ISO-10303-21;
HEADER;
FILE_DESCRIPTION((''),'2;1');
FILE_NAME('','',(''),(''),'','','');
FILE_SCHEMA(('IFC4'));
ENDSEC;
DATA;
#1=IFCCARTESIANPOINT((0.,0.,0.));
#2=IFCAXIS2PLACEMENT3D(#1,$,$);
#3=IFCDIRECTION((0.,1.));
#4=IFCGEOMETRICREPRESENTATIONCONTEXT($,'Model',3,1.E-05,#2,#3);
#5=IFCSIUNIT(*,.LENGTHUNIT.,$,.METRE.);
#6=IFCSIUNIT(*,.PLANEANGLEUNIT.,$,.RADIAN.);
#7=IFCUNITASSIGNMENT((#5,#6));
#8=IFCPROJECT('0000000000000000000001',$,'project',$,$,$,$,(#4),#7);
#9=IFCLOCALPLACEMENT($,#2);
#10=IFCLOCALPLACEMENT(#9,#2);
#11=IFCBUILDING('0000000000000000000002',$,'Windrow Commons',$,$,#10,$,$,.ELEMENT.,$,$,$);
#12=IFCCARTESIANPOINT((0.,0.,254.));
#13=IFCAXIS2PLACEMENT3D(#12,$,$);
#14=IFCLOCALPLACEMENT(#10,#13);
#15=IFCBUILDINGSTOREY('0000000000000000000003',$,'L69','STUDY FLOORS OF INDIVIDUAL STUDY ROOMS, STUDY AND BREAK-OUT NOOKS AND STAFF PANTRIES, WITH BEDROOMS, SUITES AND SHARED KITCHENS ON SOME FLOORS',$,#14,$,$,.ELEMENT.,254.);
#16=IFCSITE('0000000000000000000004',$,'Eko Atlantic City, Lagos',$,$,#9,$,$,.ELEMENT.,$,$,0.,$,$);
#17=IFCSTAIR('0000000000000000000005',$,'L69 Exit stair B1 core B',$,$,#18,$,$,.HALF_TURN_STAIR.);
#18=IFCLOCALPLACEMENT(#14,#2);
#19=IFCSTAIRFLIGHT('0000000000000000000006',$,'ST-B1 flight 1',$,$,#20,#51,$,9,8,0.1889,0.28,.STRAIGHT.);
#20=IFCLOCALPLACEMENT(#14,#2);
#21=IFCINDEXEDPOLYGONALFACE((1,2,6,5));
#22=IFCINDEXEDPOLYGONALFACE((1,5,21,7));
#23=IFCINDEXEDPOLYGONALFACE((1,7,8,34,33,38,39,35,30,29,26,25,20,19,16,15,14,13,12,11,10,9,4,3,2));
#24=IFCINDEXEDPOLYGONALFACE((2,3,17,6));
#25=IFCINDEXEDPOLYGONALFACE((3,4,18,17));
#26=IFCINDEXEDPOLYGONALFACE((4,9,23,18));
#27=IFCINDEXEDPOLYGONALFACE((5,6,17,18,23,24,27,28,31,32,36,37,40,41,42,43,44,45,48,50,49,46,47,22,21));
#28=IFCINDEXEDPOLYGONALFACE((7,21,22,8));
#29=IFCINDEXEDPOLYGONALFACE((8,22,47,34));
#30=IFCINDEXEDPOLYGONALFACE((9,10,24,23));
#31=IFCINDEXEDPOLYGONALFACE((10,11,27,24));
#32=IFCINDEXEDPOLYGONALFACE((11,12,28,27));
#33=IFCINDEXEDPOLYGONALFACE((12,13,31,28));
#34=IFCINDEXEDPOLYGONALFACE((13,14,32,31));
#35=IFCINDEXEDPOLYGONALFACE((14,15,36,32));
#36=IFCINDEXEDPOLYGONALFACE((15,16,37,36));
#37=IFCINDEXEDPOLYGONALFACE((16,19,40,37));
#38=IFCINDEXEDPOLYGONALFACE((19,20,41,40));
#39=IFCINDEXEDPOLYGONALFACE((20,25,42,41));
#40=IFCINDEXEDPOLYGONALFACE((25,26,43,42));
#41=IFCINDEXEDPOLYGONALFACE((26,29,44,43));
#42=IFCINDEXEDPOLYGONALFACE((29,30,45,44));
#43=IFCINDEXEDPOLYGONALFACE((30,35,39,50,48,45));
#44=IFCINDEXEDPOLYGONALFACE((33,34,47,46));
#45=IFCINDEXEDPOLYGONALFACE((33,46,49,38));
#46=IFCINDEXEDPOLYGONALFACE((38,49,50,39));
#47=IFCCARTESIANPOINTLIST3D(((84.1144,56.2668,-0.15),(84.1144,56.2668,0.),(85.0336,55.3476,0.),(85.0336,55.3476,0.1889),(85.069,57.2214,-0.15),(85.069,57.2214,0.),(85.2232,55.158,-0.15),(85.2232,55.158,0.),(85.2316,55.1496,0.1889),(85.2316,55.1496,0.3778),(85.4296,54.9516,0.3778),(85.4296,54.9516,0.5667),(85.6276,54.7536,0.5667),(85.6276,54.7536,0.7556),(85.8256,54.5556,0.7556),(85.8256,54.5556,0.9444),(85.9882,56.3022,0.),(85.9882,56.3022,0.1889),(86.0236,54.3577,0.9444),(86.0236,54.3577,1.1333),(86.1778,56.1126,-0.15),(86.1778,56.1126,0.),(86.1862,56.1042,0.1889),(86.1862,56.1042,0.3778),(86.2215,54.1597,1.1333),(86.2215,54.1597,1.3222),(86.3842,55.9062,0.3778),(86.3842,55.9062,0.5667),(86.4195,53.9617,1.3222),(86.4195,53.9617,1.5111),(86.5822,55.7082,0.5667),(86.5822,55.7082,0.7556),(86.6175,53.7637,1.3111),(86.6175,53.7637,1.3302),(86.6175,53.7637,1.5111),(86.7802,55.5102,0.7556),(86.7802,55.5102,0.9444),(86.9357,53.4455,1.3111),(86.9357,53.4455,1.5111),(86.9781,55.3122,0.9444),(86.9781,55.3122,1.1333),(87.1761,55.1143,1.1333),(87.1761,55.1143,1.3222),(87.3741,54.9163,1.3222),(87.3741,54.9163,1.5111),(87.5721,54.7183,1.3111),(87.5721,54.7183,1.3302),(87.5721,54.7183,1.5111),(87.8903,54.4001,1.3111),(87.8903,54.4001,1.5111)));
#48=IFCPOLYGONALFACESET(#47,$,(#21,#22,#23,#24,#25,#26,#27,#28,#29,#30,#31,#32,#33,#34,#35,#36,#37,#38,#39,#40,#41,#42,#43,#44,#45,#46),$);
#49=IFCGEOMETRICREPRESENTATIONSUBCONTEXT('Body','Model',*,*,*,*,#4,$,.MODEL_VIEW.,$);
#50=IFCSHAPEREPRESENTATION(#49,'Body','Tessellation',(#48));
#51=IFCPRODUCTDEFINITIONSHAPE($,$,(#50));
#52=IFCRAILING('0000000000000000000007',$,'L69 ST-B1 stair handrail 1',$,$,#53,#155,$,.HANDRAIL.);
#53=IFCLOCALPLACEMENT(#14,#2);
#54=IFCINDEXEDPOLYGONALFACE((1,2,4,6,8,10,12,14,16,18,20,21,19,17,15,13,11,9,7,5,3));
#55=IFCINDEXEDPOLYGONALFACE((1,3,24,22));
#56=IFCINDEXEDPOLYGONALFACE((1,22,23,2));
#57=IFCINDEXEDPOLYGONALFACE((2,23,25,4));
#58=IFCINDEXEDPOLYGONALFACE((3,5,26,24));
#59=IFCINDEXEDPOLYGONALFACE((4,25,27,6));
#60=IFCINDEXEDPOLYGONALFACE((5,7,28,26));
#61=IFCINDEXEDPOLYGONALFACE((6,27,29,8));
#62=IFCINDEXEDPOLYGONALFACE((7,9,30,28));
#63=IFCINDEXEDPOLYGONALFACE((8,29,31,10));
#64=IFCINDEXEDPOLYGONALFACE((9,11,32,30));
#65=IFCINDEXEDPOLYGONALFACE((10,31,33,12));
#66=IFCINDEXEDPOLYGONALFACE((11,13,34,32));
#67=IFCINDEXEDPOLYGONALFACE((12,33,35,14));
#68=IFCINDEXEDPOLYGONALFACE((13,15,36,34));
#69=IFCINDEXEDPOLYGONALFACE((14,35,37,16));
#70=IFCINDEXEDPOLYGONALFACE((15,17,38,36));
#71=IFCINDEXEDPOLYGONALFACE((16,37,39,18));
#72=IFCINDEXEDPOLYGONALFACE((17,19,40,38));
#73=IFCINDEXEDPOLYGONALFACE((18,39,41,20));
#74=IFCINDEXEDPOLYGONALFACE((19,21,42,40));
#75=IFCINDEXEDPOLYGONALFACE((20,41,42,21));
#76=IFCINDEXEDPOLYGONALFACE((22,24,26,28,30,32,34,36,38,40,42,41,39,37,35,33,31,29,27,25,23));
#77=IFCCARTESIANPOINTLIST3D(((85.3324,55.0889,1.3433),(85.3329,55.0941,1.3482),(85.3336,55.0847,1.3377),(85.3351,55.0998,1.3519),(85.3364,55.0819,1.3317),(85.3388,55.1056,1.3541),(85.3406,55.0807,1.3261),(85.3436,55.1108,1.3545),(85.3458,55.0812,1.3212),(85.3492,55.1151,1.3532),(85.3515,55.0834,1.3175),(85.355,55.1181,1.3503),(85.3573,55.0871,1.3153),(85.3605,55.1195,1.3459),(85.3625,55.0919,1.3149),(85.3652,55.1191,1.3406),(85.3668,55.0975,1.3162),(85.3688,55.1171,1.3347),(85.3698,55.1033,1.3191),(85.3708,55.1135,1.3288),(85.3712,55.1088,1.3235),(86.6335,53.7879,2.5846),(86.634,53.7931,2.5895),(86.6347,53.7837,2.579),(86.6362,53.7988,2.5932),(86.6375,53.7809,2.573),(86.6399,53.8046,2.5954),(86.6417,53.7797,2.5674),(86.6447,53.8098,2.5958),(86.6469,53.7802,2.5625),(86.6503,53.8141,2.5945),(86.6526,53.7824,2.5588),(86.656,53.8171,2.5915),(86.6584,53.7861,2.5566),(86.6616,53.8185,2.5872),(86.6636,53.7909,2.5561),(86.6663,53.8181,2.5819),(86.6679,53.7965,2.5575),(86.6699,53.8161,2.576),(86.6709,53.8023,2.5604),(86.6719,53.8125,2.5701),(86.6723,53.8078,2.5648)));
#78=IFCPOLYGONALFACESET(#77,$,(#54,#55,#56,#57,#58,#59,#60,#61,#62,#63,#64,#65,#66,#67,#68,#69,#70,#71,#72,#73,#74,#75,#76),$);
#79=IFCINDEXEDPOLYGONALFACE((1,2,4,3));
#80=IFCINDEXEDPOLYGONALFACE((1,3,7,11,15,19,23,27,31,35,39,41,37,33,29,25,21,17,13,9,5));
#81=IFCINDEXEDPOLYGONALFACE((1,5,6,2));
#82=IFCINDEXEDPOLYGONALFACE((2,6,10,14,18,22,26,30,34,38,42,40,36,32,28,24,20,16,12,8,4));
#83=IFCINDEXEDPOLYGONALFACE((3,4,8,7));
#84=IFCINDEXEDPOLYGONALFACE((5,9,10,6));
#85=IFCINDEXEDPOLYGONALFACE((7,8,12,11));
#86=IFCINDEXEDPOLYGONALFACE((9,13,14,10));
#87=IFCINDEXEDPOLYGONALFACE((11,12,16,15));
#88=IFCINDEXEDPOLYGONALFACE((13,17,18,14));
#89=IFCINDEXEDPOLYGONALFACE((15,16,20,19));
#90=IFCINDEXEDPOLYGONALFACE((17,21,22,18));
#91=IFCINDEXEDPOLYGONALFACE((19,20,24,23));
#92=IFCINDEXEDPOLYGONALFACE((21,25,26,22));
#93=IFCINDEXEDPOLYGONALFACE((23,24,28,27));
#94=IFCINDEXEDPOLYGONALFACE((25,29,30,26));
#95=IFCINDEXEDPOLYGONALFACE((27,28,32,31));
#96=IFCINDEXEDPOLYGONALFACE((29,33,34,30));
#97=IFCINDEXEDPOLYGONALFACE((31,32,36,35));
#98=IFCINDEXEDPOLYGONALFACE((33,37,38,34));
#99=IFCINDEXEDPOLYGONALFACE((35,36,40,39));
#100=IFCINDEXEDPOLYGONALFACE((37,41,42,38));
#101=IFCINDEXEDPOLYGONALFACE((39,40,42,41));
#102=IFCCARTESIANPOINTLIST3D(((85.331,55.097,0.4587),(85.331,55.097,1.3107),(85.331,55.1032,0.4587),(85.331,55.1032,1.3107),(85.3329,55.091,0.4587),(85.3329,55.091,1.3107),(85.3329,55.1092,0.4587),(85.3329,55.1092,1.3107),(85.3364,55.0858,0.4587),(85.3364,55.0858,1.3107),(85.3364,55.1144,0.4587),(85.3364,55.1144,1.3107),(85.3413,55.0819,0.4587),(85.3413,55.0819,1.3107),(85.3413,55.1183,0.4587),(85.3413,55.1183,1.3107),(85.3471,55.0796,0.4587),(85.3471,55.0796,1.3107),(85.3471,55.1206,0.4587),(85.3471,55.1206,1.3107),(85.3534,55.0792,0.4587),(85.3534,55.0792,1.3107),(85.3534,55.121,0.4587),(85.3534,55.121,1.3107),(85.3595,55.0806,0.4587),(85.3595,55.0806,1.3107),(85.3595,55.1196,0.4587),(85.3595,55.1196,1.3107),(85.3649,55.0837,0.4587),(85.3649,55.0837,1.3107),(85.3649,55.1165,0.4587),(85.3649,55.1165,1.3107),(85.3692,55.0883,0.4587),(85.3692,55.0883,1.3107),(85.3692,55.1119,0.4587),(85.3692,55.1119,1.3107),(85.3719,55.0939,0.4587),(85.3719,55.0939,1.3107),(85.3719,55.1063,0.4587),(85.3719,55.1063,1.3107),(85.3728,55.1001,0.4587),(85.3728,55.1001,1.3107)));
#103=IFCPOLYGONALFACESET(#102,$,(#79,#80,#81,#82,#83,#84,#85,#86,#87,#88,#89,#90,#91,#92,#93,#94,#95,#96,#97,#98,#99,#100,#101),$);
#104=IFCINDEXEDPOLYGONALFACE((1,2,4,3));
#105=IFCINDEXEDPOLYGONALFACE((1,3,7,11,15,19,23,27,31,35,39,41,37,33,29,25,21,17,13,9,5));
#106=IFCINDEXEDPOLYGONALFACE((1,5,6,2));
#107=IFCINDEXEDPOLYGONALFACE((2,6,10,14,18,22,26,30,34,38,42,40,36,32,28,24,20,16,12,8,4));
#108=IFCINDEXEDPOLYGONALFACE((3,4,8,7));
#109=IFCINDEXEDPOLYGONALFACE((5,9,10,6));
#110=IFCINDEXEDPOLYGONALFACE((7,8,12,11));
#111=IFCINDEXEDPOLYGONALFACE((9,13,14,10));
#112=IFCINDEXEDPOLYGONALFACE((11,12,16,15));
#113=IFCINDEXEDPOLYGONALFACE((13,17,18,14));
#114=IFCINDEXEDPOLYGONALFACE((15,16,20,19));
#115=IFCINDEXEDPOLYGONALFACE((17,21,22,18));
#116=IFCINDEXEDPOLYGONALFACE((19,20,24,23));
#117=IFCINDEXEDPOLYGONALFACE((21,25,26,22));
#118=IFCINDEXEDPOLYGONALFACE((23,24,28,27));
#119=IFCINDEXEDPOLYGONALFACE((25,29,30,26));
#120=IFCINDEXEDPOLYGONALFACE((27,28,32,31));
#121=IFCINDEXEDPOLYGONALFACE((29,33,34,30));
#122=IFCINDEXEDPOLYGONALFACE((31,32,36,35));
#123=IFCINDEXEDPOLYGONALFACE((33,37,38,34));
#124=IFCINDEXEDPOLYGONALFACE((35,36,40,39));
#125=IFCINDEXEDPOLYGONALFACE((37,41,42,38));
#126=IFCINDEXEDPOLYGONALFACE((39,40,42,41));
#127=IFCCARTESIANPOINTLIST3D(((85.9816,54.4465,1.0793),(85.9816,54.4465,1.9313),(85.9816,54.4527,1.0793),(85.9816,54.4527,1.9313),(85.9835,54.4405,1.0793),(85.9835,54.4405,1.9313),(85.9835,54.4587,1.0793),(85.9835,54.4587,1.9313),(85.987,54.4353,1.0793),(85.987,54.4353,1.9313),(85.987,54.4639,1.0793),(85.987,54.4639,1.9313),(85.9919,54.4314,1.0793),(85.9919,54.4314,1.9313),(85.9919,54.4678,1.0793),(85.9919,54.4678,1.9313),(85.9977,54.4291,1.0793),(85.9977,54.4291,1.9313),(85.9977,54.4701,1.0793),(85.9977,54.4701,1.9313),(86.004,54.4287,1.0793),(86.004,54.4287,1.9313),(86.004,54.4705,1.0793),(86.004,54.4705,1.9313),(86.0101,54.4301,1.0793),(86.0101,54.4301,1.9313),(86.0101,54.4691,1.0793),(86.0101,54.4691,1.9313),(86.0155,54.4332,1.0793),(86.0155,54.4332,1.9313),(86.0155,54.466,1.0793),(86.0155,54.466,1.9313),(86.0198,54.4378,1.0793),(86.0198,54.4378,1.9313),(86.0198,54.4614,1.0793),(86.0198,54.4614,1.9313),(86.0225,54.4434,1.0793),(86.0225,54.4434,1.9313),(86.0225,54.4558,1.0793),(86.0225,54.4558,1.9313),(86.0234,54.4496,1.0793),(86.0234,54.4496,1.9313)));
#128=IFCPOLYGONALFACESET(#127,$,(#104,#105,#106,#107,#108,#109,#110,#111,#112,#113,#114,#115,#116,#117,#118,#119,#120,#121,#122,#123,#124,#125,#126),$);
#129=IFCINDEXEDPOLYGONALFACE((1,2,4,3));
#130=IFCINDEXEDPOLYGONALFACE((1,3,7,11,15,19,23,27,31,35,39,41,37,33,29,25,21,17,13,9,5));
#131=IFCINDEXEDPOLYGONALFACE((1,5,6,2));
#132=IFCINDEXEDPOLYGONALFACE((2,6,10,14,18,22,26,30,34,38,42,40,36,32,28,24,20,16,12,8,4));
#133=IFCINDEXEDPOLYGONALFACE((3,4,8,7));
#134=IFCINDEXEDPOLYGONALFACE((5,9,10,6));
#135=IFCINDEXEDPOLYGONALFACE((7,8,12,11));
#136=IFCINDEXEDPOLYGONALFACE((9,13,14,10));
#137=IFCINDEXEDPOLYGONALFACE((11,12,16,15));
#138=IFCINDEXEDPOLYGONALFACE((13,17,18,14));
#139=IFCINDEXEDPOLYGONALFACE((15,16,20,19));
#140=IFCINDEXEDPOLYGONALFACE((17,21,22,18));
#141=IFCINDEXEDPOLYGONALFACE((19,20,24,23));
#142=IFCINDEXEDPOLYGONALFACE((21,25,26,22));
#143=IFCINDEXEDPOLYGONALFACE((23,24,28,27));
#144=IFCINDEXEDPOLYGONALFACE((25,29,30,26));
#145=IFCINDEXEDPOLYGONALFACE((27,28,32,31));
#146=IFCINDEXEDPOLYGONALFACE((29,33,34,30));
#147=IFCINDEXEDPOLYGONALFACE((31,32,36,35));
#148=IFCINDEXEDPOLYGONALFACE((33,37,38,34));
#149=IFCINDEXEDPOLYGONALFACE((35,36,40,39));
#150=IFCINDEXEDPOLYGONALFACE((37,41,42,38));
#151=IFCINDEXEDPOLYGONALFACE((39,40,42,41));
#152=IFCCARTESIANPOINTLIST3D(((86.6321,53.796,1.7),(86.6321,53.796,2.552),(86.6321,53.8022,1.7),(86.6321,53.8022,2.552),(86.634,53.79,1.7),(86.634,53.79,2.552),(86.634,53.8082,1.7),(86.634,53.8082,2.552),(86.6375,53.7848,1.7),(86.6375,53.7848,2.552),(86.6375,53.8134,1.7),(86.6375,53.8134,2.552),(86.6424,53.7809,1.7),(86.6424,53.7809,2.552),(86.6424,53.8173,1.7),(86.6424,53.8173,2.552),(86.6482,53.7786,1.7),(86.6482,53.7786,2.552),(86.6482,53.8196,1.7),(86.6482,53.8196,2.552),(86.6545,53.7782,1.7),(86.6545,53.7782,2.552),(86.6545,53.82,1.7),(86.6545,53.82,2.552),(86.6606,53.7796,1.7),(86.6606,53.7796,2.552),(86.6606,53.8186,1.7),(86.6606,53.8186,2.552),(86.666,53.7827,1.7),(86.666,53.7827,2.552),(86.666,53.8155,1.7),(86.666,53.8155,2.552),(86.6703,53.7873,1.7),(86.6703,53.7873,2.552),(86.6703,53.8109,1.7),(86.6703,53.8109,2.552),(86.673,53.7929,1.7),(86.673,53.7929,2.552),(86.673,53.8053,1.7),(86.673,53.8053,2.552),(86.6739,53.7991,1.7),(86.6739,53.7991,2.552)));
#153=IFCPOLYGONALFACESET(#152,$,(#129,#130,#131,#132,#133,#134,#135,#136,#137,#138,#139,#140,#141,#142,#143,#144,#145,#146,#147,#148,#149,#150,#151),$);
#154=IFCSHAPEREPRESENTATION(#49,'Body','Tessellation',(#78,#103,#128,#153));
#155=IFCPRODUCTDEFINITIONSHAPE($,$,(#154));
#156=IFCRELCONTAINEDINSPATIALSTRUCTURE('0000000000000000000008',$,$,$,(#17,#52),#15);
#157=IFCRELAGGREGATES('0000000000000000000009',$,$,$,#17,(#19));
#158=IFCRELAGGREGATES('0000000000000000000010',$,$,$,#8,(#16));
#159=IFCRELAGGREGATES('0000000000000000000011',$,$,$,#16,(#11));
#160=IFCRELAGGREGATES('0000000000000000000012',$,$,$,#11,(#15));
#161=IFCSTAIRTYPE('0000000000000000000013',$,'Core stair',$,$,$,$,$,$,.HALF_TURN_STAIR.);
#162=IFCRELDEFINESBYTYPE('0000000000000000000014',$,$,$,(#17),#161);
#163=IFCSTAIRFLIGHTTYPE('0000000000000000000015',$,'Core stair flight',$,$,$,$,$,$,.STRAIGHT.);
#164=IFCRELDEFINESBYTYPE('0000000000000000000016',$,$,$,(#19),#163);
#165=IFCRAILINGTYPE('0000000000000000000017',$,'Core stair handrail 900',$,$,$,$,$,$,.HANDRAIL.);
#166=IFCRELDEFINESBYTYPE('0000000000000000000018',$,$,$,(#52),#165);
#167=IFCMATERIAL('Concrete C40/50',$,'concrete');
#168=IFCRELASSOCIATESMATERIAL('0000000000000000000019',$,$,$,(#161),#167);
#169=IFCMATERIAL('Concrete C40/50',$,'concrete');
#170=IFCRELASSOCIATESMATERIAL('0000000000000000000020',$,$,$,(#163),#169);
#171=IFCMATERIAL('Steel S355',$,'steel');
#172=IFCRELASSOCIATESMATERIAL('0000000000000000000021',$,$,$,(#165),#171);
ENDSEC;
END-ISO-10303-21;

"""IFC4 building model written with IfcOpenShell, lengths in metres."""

from ifc_helpers import new_model, si_unit, direction, frame, origin, origin_2d, place, context, subcontext, project, spatial, polyline, circle, outline, extrude, material, type_object, element, aggregate, save


model = new_model("IFC4")

# Units and contexts
model_context = context("Model", 3, precision=1e-05, world=origin(), true_north=direction((0.0, 1.0)))
body_context = subcontext(model_context, "Body", "Model", "MODEL_VIEW")
ifc_project = project(units=[si_unit("LENGTHUNIT", "METRE"), si_unit("PLANEANGLEUNIT", "RADIAN")], contexts=[model_context])

# Site, building, storey
site_placement = place(None, origin())
site = spatial("IfcSite", under=ifc_project, at=site_placement, Name="Eko Atlantic City, Lagos", CompositionType="ELEMENT", RefElevation=0.0)
building_placement = place(site_placement, origin())
building = spatial("IfcBuilding", under=site, at=building_placement, Name="Windrow Commons", CompositionType="ELEMENT")
storey_placement = place(building_placement, frame((0.0, 0.0, 254.0)))
storey = spatial("IfcBuildingStorey", under=building, at=storey_placement, Name="L69", Description="STUDY FLOORS OF INDIVIDUAL STUDY ROOMS, STUDY AND BREAK-OUT NOOKS AND STAFF PANTRIES, WITH BEDROOMS, SUITES AND SHARED KITCHENS ON SOME FLOORS", CompositionType="ELEMENT", Elevation=254.0)

# Stair, stair flight
ifc_material_1 = material(Name="Concrete C40/50", Category="concrete")
stair_type = type_object("IfcStairType", Name="Core stair", PredefinedType="HALF_TURN_STAIR", material=ifc_material_1)
stair_placement = place(storey_placement, origin())
stair = element("IfcStair", 1, at=stair_placement, inside=storey, type_object=stair_type, Name="L69 Exit stair B1 core B", PredefinedType="HALF_TURN_STAIR")
ifc_material_2 = material(Name="Concrete C40/50", Category="concrete")
stair_flight_type = type_object("IfcStairFlightType", Name="Core stair flight", PredefinedType="STRAIGHT", material=ifc_material_2)
stair_flight_placement = place(storey_placement, frame((85.5109, 55.8249, 0.0), z_axis=(0.0, 0.0, 1.0), x_axis=(0.707107, -0.707107, 0.0)))
stair_flight = element("IfcStairFlight", 2, at=stair_flight_placement, type_object=stair_flight_type, Name="ST-B1 flight 1", NumberOfRisers=9, NumberOfTreads=8, PredefinedType="STRAIGHT", RiserHeight=0.1889, TreadLength=0.28, context=body_context, shape_type="SweptSolid", body=[
    extrude(outline(polyline([(-1.3, -0.15), (-1.3, 0.0), (0.0, 0.0), (0.0, 0.1889), (0.28, 0.1889), (0.28, 0.3778), (0.56, 0.3778), (0.56, 0.5667), (0.84, 0.5667), (0.84, 0.7556), (1.12, 0.7556), (1.12, 0.9444), (1.4, 0.9444), (1.4, 1.1333), (1.68, 1.1333), (1.68, 1.3222), (1.96, 1.3222), (1.96, 1.5111), (2.24, 1.5111), (2.69, 1.5111), (2.69, 1.3111), (2.24, 1.3111), (2.24, 1.3302), (0.2682, 0.0), (0.2682, -0.15), (-1.3, -0.15)])), frame((0.0, 0.675, 0.0), z_axis=(0.0, -1.0, 0.0), x_axis=(1.0, 0.0, 0.0)), (0.0, 0.0, 1.0), 1.35),
])
aggregate(stair, [stair_flight])

# Railing
ifc_material_3 = material(Name="Steel S355", Category="steel")
railing_type = type_object("IfcRailingType", Name="Core stair handrail 900", PredefinedType="HANDRAIL", material=ifc_material_3)
railing_placement = place(storey_placement, frame((85.3518, 55.1001, 0.4587)))
element("IfcRailing", 3, at=railing_placement, inside=storey, type_object=railing_type, Name="L69 ST-B1 stair handrail 1", PredefinedType="HANDRAIL", context=body_context, shape_type="SweptSolid", body=[
    extrude(circle(Radius=0.024, at=origin_2d()), frame((0.0, 0.0, 0.876), z_axis=(0.586207, -0.586162, 0.559264), x_axis=(0.70708, 0.707134, 0.0)), (0.0, 0.0, 1.0), 2.2195),
    extrude(circle(Radius=0.021, at=origin_2d()), origin(), (0.0, 0.0, 1.0), 0.852),
    extrude(circle(Radius=0.021, at=origin_2d()), frame((0.6506, -0.6505, 0.6206)), (0.0, 0.0, 1.0), 0.852),
    extrude(circle(Radius=0.021, at=origin_2d()), frame((1.3011, -1.301, 1.2413)), (0.0, 0.0, 1.0), 0.852),
])

save(model, "model.ifc")
